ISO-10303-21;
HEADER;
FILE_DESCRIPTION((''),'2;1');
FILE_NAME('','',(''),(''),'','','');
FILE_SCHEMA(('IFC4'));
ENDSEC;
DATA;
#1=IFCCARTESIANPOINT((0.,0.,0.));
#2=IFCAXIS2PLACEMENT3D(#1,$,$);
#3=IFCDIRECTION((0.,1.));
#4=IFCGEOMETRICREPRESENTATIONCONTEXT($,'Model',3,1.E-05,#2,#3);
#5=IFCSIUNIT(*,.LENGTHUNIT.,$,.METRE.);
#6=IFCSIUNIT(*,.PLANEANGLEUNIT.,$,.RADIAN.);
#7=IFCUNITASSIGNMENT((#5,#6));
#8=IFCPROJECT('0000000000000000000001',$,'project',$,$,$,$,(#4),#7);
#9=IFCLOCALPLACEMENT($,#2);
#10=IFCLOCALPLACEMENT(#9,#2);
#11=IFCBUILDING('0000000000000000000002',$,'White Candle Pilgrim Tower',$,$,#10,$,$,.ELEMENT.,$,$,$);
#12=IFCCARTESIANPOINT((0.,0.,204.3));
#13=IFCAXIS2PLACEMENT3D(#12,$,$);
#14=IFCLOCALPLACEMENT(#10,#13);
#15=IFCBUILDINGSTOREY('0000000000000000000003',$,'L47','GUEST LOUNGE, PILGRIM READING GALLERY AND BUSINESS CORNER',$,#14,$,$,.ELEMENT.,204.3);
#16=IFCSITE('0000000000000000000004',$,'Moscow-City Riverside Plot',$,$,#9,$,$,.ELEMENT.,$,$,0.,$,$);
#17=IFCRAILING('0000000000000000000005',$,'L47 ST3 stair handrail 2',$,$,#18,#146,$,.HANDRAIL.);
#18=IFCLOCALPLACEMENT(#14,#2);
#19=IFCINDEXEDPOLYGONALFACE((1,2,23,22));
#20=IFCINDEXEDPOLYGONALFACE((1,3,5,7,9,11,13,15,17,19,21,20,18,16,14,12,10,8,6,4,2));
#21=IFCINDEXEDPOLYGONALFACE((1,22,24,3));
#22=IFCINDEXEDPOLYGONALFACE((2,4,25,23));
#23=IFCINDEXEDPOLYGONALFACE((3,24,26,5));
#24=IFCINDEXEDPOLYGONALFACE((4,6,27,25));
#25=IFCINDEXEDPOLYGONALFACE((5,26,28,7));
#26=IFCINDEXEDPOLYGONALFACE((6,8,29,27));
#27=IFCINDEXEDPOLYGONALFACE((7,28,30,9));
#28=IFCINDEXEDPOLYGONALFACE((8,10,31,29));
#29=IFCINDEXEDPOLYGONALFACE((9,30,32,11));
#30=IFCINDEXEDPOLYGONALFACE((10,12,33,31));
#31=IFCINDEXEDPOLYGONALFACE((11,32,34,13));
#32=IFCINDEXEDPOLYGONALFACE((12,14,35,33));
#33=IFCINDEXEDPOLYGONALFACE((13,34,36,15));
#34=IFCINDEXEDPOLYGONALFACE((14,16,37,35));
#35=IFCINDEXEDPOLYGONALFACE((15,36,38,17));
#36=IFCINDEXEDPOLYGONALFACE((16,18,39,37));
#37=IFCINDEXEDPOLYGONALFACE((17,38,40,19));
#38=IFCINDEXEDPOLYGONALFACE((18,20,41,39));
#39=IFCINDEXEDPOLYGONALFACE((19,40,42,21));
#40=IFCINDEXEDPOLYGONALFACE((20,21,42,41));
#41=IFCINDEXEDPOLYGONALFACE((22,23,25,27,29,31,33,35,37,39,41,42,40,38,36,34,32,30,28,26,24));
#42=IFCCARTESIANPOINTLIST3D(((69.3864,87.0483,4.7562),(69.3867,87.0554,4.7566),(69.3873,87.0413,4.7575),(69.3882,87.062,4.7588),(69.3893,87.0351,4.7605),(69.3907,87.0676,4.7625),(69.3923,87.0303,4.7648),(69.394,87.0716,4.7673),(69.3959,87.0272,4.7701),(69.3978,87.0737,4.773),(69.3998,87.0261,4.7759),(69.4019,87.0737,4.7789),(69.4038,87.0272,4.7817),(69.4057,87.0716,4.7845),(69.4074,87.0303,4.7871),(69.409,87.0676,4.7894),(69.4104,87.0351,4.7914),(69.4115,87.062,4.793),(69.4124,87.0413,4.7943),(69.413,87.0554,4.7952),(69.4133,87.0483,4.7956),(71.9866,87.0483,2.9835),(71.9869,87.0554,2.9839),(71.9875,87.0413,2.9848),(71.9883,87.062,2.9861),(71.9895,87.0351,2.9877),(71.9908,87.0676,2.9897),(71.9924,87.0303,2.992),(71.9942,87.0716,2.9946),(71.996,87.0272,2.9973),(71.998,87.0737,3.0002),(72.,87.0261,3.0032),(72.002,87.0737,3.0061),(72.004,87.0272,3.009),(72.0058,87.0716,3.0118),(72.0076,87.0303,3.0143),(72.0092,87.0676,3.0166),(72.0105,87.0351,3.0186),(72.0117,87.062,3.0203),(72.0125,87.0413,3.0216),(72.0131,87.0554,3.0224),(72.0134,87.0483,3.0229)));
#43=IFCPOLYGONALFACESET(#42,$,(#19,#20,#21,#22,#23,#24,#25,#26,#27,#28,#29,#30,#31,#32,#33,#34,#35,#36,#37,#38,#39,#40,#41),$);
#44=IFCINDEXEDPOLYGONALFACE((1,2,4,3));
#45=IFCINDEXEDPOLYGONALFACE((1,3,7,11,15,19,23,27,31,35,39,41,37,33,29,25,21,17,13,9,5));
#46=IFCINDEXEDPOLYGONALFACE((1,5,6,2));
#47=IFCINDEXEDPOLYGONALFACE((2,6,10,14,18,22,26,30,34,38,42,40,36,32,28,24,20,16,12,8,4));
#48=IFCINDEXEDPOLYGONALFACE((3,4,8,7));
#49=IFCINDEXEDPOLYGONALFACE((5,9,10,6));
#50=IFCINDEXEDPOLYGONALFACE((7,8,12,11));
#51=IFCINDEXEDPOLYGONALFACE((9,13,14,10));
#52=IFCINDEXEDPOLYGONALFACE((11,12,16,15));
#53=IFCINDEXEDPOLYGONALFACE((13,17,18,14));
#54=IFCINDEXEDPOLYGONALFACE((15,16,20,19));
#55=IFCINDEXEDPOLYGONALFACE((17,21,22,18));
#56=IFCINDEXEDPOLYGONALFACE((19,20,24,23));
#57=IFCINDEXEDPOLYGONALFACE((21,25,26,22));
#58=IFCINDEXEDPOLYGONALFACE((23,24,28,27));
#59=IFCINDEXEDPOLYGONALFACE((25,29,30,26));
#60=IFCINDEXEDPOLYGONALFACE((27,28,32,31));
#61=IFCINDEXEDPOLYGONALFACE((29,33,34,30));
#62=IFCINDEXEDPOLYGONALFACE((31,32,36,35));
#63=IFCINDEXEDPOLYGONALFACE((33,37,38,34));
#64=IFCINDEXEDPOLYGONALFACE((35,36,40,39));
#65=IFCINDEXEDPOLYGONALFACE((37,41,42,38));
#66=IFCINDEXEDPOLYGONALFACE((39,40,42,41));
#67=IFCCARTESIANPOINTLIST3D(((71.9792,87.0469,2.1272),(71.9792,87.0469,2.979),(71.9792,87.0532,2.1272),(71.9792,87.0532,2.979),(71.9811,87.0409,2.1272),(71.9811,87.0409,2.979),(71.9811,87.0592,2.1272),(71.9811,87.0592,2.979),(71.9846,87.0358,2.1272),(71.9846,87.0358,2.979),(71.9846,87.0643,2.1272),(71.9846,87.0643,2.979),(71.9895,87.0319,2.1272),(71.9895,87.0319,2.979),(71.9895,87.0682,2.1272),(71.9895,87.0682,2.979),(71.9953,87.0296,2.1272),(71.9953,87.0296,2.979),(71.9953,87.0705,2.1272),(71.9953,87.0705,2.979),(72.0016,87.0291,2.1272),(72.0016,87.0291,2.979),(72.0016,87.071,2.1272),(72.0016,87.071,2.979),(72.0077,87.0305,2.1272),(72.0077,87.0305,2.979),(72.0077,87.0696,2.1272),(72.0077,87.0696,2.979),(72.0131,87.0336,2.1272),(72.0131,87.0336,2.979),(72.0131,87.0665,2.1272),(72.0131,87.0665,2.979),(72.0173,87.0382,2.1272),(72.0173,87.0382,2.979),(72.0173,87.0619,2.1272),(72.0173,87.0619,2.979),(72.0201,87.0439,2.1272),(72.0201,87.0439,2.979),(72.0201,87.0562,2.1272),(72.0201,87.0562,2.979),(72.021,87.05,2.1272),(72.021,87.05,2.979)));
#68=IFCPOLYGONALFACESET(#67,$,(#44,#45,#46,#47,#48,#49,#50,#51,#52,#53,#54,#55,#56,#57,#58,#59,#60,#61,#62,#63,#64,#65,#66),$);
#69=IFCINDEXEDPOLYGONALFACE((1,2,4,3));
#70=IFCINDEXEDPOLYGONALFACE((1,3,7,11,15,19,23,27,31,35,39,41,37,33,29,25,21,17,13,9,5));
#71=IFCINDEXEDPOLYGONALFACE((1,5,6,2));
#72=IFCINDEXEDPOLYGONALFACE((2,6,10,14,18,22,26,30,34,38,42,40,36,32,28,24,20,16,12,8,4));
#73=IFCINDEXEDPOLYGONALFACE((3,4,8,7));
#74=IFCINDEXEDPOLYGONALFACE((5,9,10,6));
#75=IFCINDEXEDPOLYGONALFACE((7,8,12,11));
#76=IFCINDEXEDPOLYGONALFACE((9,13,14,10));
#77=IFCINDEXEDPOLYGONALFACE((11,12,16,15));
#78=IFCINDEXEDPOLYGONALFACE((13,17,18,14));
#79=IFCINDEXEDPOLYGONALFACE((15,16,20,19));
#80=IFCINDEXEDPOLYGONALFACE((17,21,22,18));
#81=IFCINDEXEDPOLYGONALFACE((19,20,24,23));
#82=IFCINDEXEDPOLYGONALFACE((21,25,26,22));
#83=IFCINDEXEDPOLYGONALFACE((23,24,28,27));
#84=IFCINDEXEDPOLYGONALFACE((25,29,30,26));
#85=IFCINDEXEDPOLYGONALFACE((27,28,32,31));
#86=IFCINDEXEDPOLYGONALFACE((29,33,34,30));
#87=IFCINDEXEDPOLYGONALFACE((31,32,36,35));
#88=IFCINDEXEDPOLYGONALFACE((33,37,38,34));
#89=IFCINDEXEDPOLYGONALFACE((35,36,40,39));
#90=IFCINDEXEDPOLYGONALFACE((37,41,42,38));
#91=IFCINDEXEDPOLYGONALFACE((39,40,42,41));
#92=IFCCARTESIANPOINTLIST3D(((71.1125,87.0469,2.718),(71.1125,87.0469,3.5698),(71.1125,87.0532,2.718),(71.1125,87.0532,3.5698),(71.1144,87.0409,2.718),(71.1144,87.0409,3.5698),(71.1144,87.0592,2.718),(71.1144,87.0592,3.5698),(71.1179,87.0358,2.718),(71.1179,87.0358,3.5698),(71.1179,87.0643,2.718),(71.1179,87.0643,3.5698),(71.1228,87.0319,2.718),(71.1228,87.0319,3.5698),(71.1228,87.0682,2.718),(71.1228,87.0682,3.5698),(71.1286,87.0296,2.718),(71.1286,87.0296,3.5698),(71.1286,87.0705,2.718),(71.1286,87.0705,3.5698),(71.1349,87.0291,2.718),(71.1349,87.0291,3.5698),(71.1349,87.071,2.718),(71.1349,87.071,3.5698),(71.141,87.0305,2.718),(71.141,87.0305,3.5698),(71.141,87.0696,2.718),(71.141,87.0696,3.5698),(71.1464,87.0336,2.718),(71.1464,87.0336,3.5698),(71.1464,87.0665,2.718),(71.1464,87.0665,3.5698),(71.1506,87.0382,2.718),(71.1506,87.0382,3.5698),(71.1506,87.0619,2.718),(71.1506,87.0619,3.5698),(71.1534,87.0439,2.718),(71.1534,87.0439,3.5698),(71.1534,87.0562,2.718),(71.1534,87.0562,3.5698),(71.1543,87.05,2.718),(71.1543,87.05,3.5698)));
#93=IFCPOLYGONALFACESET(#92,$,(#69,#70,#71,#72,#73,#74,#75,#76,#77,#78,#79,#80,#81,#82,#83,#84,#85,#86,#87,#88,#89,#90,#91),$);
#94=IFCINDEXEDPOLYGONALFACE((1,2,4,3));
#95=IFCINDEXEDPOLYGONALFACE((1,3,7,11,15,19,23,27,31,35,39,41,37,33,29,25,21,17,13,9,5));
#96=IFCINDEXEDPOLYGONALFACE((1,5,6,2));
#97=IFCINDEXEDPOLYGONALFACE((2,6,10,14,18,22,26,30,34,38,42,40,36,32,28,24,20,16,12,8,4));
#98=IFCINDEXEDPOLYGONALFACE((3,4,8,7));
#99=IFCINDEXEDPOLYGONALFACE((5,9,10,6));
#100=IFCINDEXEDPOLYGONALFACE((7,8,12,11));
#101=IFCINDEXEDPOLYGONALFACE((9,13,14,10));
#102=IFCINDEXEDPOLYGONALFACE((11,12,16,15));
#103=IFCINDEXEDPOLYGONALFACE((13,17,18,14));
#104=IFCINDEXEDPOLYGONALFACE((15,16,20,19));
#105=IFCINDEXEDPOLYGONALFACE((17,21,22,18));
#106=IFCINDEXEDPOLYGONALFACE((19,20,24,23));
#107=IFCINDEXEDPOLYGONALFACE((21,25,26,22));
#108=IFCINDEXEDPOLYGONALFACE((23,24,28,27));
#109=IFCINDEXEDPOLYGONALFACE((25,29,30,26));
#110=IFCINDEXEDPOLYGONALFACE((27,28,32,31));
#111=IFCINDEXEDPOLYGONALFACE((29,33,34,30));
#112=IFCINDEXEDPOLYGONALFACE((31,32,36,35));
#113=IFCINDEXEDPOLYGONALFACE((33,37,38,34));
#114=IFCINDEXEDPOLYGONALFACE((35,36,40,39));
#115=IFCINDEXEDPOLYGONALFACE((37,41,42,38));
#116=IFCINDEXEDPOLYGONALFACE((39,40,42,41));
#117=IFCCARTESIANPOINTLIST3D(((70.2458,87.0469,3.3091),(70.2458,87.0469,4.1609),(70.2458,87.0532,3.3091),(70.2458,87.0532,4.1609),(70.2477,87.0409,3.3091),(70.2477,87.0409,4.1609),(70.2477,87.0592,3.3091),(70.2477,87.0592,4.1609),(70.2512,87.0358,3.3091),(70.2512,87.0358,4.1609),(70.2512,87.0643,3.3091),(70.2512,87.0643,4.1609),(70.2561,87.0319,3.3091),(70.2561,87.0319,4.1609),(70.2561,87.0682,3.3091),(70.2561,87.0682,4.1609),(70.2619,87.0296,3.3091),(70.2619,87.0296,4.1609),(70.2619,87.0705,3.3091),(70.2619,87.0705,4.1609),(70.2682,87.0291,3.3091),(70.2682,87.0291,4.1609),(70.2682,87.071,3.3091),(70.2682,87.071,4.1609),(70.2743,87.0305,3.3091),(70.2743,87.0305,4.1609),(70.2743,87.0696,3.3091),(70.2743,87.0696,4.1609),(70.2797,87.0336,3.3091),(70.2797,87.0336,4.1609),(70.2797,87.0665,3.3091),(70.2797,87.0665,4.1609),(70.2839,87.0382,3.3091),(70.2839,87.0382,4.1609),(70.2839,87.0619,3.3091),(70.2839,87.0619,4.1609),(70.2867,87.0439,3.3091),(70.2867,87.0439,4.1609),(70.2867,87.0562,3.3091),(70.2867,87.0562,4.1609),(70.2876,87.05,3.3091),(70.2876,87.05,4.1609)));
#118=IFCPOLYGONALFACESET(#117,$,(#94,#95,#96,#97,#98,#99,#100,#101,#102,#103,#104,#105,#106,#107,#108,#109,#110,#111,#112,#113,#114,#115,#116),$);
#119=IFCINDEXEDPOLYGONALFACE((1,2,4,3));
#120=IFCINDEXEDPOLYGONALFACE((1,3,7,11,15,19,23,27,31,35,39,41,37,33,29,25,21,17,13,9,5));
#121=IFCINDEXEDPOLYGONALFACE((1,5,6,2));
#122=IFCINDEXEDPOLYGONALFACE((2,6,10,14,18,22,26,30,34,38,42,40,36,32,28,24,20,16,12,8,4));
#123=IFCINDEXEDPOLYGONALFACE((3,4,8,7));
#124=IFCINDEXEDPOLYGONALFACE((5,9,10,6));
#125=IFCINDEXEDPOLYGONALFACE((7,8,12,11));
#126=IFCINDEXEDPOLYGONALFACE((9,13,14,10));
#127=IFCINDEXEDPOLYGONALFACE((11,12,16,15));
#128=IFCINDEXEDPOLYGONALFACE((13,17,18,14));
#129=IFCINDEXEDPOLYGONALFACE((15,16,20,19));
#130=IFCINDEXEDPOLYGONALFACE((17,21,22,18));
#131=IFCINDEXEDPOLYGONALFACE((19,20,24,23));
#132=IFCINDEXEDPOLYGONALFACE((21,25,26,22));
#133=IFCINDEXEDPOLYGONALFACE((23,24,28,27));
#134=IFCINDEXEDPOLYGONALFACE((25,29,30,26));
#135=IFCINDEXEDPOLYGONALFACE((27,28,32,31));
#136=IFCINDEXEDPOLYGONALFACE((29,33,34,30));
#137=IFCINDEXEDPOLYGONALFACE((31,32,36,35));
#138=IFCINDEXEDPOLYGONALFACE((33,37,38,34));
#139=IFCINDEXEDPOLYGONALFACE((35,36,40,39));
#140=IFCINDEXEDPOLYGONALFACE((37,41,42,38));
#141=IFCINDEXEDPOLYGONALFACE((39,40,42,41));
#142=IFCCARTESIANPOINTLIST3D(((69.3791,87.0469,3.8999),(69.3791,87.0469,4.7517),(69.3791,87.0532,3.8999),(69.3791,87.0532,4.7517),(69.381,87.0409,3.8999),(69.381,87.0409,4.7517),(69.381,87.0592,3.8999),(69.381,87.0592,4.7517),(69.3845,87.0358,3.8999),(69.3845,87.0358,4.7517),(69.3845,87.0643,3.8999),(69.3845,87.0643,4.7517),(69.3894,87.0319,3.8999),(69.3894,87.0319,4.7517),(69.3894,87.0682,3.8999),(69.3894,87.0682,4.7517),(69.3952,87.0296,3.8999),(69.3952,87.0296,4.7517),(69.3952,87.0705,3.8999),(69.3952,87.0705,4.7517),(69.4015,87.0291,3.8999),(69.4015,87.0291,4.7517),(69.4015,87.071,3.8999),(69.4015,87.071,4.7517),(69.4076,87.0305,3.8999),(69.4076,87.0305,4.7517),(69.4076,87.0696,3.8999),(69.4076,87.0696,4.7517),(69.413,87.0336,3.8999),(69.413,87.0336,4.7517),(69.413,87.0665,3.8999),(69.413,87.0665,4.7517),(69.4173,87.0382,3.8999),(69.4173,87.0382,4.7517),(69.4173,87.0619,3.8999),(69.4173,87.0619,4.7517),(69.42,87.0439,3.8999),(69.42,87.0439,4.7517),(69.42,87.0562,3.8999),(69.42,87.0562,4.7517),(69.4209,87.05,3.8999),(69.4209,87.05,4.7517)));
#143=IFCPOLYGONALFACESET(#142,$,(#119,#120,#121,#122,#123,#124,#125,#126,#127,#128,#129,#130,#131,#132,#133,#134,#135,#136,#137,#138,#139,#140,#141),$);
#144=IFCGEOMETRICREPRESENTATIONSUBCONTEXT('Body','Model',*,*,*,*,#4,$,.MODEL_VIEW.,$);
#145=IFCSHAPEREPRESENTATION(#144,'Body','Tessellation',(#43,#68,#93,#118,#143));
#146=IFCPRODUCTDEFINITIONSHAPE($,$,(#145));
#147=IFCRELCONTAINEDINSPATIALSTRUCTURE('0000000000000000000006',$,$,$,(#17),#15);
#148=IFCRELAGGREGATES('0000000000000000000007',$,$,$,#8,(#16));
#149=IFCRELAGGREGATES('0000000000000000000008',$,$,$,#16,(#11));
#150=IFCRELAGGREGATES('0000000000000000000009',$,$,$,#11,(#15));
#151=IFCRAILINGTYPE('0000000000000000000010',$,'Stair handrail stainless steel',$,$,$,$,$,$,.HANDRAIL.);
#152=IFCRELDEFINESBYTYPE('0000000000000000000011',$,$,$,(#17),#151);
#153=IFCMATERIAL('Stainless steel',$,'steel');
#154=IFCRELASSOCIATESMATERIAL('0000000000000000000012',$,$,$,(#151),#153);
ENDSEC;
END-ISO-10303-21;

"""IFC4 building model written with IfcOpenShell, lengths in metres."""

from ifc_helpers import new_model, si_unit, direction, frame, origin, origin_2d, place, context, subcontext, project, spatial, circle, extrude, material, type_object, element, save


model = new_model("IFC4")

# Units and contexts
model_context = context("Model", 3, precision=1e-05, world=origin(), true_north=direction((0.0, 1.0)))
body_context = subcontext(model_context, "Body", "Model", "MODEL_VIEW")
ifc_project = project(units=[si_unit("LENGTHUNIT", "METRE"), si_unit("PLANEANGLEUNIT", "RADIAN")], contexts=[model_context])

# Site, building, storey
site_placement = place(None, origin())
site = spatial("IfcSite", under=ifc_project, at=site_placement, Name="Moscow-City Riverside Plot", CompositionType="ELEMENT", RefElevation=0.0)
building_placement = place(site_placement, origin())
building = spatial("IfcBuilding", under=site, at=building_placement, Name="White Candle Pilgrim Tower", CompositionType="ELEMENT")
storey_placement = place(building_placement, frame((0.0, 0.0, 204.3)))
storey = spatial("IfcBuildingStorey", under=building, at=storey_placement, Name="L47", Description="GUEST LOUNGE, PILGRIM READING GALLERY AND BUSINESS CORNER", CompositionType="ELEMENT", Elevation=204.3)

# Shared definitions
ifc_material_1 = material(Name="Stainless steel", Category="steel")

# Railing
railing_type_1 = type_object("IfcRailingType", Name="Stair handrail stainless steel", PredefinedType="HANDRAIL", material=ifc_material_1)
railing_1_placement = place(storey_placement, frame((72.0, 87.05, 2.1272)))
element("IfcRailing", 1, at=railing_1_placement, inside=storey, type_object=railing_type_1, Name="L47 ST3 stair handrail 2", PredefinedType="HANDRAIL", context=body_context, shape_type="SweptSolid", body=[
    extrude(circle(Radius=0.0239, at=origin_2d()), frame((0.0, 0.0, 0.876), z_axis=(-0.82624, 0.0, 0.563318), x_axis=(0.0, -1.0, 0.0)), (0.0, 0.0, 1.0), 3.147),
    extrude(circle(Radius=0.021, at=origin_2d()), origin(), (0.0, 0.0, 1.0), 0.8518),
    extrude(circle(Radius=0.021, at=origin_2d()), frame((-0.8667, 0.0, 0.5908)), (0.0, 0.0, 1.0), 0.8518),
    extrude(circle(Radius=0.021, at=origin_2d()), frame((-1.7334, 0.0, 1.1819)), (0.0, 0.0, 1.0), 0.8518),
    extrude(circle(Radius=0.021, at=origin_2d()), frame((-2.6001, 0.0, 1.7727)), (0.0, 0.0, 1.0), 0.8518),
])

save(model, "model.ifc")
